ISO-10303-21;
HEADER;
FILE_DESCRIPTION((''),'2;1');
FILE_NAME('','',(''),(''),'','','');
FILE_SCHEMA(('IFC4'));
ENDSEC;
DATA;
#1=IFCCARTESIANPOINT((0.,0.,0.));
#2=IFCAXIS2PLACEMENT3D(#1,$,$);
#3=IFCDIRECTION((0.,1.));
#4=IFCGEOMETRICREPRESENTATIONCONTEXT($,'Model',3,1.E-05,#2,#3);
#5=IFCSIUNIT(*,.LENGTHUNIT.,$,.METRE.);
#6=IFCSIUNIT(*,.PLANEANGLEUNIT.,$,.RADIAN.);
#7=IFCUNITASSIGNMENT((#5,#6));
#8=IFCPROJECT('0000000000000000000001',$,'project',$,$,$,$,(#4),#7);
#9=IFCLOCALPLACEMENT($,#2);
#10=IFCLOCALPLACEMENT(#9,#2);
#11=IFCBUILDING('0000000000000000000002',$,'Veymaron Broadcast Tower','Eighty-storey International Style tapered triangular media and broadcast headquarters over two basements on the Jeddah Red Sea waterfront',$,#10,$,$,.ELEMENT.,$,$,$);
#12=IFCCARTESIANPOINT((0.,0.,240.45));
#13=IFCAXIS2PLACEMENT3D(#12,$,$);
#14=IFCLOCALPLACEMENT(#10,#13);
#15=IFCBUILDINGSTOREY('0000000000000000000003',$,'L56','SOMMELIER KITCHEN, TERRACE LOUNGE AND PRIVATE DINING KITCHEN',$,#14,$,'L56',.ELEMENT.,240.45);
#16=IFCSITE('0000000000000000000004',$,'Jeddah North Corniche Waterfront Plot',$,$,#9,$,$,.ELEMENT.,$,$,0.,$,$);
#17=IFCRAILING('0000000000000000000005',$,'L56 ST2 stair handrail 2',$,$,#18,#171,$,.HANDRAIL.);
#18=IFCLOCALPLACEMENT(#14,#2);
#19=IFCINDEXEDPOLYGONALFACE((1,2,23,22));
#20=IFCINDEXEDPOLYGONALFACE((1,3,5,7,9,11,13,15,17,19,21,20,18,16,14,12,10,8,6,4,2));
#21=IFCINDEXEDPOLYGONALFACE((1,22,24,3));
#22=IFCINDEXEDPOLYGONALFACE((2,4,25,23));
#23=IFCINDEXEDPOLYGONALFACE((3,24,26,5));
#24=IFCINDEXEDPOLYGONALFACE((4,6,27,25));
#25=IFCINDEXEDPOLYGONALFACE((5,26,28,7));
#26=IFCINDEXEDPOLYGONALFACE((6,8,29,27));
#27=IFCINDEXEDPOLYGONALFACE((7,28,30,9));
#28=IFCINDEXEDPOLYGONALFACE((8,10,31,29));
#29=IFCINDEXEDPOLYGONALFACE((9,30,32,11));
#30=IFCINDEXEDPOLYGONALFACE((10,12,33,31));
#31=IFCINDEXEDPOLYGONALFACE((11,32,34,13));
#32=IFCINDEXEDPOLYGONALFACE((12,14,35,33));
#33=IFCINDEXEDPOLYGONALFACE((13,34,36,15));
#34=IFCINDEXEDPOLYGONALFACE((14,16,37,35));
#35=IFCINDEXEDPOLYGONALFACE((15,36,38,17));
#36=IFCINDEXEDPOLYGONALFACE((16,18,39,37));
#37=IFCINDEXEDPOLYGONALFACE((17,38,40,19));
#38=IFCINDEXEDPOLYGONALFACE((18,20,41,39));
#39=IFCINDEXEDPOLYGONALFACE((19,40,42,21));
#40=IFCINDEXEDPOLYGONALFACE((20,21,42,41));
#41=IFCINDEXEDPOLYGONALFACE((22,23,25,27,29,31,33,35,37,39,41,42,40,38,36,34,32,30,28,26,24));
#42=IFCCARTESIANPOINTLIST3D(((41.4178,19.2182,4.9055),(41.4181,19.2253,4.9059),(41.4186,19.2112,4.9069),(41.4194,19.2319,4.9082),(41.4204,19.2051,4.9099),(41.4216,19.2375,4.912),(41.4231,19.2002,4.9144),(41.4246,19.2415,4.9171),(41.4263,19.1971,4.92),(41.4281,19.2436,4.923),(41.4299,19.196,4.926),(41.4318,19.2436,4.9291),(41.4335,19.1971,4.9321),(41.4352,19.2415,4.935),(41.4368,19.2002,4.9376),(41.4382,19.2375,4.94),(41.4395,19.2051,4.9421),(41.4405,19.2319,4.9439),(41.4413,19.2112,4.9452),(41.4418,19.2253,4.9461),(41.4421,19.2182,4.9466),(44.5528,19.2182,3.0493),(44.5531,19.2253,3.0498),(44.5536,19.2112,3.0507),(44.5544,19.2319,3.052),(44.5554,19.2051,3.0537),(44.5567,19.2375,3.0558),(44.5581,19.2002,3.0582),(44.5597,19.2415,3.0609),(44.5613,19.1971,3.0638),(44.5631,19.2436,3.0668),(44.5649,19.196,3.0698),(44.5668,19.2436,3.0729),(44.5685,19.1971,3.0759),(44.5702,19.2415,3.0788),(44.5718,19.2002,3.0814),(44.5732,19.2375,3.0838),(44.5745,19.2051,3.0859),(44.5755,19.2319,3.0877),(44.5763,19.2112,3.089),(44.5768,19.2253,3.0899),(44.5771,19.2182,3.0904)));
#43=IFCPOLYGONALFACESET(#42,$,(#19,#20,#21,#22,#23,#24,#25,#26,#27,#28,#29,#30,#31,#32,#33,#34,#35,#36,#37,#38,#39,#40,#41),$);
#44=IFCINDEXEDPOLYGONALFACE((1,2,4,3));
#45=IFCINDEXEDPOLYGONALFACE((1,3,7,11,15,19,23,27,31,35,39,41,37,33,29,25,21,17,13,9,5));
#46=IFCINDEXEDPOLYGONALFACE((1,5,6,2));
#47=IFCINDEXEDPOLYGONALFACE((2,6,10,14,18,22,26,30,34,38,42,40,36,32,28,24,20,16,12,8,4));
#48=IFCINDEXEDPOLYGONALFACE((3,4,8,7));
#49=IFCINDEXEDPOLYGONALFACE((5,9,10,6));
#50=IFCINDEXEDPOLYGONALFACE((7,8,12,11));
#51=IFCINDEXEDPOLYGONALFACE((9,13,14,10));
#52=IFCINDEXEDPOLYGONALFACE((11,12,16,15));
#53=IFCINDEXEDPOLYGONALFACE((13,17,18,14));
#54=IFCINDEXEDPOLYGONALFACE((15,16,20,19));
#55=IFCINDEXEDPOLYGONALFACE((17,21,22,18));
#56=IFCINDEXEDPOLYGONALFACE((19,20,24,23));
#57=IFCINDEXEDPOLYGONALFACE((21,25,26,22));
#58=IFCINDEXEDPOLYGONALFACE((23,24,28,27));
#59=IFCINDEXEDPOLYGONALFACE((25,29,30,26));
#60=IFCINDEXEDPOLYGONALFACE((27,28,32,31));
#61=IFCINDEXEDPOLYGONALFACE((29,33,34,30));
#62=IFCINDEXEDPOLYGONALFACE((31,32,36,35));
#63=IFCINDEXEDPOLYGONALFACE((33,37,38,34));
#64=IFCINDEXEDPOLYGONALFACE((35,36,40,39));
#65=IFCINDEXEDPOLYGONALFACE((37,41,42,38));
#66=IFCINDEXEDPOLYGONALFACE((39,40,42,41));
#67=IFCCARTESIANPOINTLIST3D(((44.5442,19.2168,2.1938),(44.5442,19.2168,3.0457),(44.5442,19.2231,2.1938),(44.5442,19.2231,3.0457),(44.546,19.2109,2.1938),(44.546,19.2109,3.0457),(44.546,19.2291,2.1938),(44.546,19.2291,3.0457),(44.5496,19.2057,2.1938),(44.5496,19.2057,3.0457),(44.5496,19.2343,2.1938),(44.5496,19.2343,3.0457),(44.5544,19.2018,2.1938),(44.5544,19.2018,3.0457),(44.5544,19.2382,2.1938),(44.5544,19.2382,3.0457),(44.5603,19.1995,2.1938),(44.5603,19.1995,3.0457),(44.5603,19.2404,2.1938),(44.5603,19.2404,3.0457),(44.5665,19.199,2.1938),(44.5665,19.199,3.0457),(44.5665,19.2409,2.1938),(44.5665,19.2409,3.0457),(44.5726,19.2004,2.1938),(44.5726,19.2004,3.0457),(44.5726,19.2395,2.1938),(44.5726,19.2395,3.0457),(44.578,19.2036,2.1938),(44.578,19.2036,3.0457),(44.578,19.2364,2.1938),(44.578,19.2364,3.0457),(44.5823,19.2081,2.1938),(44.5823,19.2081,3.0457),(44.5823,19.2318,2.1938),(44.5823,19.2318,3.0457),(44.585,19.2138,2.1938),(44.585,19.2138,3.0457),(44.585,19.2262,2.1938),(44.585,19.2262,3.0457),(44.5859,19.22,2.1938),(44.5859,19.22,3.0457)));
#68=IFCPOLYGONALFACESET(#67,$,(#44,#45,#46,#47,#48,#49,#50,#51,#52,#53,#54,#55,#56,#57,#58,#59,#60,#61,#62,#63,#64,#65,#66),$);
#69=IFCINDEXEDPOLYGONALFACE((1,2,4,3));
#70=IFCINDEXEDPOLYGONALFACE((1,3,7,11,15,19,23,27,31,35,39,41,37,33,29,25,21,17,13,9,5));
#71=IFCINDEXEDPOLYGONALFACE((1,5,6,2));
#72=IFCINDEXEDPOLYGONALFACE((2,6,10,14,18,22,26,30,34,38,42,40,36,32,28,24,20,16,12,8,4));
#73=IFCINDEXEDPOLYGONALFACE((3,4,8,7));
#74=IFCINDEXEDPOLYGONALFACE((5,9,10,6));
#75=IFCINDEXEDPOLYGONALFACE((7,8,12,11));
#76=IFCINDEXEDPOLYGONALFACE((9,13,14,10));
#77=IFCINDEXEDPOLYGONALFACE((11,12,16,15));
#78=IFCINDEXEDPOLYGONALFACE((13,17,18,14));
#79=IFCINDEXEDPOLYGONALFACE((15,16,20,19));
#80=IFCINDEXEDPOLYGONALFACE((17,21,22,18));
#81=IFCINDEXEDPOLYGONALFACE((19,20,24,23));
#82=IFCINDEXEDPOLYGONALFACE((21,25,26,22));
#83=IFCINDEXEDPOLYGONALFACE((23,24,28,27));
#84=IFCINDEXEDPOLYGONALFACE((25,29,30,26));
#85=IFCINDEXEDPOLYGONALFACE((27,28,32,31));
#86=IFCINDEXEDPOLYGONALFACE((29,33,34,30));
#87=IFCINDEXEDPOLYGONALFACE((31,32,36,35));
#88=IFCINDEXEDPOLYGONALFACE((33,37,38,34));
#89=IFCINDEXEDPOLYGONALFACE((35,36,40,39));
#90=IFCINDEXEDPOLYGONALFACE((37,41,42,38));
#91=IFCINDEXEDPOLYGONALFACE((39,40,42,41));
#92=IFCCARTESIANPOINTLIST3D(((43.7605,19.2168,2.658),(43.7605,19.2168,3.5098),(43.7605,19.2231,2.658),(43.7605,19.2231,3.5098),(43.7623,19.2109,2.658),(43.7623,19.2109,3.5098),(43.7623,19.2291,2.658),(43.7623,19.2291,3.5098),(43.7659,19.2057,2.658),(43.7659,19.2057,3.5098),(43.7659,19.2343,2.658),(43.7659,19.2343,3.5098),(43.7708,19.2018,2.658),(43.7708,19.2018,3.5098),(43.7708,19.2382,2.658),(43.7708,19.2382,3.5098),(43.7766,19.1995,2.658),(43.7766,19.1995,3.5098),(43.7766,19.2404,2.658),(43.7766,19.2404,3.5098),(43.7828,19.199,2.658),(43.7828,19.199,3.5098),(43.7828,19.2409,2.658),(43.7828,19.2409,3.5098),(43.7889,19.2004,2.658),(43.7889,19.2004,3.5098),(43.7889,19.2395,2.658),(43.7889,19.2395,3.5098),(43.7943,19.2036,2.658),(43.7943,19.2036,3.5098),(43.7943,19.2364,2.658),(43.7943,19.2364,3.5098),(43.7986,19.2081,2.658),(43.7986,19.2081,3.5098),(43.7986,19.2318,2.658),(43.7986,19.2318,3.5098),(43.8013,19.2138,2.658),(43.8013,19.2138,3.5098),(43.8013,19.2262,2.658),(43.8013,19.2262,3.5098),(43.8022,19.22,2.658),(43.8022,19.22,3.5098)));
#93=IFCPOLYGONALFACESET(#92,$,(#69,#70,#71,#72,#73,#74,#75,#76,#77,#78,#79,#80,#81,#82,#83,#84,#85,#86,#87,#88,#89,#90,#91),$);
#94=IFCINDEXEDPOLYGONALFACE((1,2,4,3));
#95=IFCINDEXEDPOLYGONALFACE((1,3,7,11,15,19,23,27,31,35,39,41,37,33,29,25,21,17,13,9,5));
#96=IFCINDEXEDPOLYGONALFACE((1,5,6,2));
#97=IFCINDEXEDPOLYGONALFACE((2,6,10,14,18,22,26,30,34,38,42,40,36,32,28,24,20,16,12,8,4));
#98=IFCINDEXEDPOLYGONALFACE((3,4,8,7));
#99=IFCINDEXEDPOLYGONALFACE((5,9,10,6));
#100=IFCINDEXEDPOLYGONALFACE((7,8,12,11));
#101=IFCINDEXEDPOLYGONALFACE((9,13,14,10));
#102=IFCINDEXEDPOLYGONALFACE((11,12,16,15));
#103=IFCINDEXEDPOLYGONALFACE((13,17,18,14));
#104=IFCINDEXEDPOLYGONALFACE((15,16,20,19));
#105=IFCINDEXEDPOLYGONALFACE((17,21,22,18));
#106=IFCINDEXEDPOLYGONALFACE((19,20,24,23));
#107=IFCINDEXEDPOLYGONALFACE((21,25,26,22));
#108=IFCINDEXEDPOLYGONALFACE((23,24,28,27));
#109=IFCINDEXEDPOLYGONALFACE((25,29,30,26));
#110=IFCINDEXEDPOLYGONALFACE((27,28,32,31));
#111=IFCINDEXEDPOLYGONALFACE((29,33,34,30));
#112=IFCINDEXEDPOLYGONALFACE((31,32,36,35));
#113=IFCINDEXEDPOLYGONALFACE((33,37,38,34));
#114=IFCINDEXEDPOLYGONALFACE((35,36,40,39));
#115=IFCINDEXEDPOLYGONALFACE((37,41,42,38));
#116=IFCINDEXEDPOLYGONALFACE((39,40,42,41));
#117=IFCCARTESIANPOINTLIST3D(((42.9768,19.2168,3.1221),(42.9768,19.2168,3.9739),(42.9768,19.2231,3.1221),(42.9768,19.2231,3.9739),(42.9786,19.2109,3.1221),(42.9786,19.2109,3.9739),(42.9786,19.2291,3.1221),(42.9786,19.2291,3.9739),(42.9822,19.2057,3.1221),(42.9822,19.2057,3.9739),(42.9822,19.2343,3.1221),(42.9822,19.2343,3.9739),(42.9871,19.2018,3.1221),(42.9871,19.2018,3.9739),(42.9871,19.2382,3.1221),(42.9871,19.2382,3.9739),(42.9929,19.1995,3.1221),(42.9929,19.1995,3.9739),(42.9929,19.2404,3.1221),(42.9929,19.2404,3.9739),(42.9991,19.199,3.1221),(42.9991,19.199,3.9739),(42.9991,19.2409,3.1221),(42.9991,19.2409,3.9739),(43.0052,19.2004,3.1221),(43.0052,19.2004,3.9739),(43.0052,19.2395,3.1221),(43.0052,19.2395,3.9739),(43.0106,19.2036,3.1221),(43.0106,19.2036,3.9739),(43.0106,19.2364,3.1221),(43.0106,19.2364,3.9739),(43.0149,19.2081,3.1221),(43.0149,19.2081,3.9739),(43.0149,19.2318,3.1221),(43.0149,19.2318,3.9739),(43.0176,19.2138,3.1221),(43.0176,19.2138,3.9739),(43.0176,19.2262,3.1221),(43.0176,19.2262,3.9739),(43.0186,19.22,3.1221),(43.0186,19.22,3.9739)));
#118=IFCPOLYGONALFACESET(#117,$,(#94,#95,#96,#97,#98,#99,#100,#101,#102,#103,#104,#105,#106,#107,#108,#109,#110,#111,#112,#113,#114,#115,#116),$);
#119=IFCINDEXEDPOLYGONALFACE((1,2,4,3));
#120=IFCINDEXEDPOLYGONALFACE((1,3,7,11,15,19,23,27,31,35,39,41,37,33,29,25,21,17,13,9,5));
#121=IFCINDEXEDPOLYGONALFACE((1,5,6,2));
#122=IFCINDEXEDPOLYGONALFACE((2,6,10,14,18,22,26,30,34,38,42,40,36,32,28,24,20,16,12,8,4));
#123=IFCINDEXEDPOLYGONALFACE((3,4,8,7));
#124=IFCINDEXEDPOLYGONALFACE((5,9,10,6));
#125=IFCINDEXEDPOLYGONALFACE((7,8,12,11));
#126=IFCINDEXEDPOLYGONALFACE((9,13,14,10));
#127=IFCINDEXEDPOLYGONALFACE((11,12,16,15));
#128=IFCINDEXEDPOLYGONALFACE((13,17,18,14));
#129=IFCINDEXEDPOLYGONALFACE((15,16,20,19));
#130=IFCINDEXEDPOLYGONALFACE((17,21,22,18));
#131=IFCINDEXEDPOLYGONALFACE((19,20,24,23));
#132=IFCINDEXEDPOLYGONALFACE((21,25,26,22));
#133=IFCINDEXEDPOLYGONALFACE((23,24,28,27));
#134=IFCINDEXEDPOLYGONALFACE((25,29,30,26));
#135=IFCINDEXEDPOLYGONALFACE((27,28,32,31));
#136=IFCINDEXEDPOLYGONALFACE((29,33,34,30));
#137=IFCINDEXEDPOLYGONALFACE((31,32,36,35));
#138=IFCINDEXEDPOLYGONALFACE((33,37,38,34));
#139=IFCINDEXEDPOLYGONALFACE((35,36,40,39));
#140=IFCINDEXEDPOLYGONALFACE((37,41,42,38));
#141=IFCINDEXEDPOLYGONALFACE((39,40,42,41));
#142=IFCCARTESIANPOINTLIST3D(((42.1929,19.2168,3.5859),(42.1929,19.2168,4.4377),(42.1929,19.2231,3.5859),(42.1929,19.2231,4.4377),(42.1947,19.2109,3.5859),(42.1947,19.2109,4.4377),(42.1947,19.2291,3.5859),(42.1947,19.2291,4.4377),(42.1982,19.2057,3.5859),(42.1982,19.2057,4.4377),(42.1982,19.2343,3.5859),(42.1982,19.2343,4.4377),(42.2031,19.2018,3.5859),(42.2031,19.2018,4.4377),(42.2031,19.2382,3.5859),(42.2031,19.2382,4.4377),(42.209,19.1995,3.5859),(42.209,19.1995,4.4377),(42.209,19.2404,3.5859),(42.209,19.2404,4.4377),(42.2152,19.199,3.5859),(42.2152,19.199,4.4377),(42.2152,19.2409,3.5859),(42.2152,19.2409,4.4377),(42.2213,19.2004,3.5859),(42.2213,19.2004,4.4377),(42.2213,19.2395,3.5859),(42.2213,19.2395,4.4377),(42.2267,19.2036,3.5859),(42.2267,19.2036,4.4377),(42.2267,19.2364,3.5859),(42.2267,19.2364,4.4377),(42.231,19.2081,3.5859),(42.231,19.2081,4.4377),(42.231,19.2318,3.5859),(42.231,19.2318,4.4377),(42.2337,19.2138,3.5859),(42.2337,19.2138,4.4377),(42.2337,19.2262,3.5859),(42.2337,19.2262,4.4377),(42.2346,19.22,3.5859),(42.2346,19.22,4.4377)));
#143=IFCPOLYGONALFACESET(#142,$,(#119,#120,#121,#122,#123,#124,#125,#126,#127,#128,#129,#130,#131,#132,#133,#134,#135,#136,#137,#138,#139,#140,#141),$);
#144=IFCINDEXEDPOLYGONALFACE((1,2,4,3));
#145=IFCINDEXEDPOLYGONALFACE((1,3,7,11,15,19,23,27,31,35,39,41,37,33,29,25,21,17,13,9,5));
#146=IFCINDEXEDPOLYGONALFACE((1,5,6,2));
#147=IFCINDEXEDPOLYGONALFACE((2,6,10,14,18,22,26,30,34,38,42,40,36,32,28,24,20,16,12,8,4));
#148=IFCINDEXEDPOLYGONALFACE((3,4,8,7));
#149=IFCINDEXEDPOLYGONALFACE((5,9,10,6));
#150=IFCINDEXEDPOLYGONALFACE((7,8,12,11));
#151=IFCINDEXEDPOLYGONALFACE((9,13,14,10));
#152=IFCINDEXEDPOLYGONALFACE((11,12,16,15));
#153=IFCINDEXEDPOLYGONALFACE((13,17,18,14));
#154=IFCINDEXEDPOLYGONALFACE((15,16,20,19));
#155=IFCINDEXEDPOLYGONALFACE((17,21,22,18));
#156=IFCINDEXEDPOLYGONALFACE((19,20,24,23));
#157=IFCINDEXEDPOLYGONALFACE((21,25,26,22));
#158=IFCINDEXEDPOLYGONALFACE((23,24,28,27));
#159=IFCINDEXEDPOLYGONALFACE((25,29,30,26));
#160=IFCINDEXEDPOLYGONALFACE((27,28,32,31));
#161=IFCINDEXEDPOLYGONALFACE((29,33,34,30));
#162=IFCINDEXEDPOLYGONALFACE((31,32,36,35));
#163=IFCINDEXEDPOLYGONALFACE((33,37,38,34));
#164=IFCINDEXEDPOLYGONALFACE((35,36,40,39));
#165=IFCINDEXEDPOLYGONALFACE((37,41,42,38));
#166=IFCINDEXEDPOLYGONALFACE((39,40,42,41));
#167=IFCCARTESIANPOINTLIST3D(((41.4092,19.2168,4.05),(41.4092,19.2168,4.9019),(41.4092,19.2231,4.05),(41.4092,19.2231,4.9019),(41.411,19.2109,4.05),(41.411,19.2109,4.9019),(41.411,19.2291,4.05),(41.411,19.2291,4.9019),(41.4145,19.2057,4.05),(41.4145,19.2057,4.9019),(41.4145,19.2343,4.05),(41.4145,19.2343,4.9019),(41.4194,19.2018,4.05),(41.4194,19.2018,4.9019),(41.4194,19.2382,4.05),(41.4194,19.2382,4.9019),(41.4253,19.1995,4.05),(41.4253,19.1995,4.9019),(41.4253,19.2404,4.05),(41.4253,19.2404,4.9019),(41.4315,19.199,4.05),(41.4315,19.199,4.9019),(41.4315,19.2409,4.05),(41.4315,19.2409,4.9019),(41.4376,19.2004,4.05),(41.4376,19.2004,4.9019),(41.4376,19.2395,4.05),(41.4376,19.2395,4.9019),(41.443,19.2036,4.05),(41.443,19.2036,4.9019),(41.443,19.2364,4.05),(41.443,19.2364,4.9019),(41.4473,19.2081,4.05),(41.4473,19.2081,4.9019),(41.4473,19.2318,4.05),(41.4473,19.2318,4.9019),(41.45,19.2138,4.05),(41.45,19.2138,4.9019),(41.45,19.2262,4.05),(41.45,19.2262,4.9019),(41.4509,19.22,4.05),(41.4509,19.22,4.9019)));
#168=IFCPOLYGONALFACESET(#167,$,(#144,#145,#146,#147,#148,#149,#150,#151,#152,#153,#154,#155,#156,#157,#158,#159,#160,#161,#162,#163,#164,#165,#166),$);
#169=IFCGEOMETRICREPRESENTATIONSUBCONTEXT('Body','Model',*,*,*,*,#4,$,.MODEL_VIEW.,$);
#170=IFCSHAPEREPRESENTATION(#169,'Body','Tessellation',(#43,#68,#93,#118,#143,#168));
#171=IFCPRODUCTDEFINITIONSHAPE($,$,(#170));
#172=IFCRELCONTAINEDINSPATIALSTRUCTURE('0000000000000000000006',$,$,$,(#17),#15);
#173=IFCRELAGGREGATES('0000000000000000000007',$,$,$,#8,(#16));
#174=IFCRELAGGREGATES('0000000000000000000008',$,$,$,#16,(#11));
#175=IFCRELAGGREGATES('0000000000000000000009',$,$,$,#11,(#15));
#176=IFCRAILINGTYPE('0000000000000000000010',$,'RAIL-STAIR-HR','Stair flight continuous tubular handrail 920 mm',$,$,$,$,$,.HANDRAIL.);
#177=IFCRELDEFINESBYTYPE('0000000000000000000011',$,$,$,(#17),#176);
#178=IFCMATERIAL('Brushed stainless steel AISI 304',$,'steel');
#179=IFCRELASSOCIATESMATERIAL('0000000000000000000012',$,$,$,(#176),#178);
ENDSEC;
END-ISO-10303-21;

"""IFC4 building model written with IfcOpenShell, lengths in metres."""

from ifc_helpers import new_model, si_unit, direction, frame, origin, origin_2d, place, context, subcontext, project, spatial, circle, extrude, material, type_object, element, save


model = new_model("IFC4")

# Units and contexts
model_context = context("Model", 3, precision=1e-05, world=origin(), true_north=direction((0.0, 1.0)))
body_context = subcontext(model_context, "Body", "Model", "MODEL_VIEW")
ifc_project = project(units=[si_unit("LENGTHUNIT", "METRE"), si_unit("PLANEANGLEUNIT", "RADIAN")], contexts=[model_context])

# Site, building, storey
site_placement = place(None, origin())
site = spatial("IfcSite", under=ifc_project, at=site_placement, Name="Jeddah North Corniche Waterfront Plot", CompositionType="ELEMENT", RefElevation=0.0)
building_placement = place(site_placement, origin())
building = spatial("IfcBuilding", under=site, at=building_placement, Name="Veymaron Broadcast Tower", Description="Eighty-storey International Style tapered triangular media and broadcast headquarters over two basements on the Jeddah Red Sea waterfront", CompositionType="ELEMENT")
storey_placement = place(building_placement, frame((0.0, 0.0, 240.45)))
storey = spatial("IfcBuildingStorey", under=building, at=storey_placement, Name="L56", Description="SOMMELIER KITCHEN, TERRACE LOUNGE AND PRIVATE DINING KITCHEN", LongName="L56", CompositionType="ELEMENT", Elevation=240.45)

# Shared definitions
ifc_material_1 = material(Name="Brushed stainless steel AISI 304", Category="steel")

# Railing
railing_type_1 = type_object("IfcRailingType", Name="RAIL-STAIR-HR", Description="Stair flight continuous tubular handrail 920 mm", PredefinedType="HANDRAIL", material=ifc_material_1)
railing_1_placement = place(storey_placement, frame((44.5649, 19.22, 2.1938)))
element("IfcRailing", 1, at=railing_1_placement, inside=storey, type_object=railing_type_1, Name="L56 ST2 stair handrail 2", PredefinedType="HANDRAIL", context=body_context, shape_type="SweptSolid", body=[
    extrude(circle(Radius=0.0239, at=origin_2d()), frame((0.0, 0.0, 0.876), z_axis=(-0.860482, 0.0, 0.509481), x_axis=(0.0, -1.0, 0.0)), (0.0, 0.0, 1.0), 3.6433),
    extrude(circle(Radius=0.021, at=origin_2d()), origin(), (0.0, 0.0, 1.0), 0.8518),
    extrude(circle(Radius=0.021, at=origin_2d()), frame((-0.7837, 0.0, 0.4641)), (0.0, 0.0, 1.0), 0.8518),
    extrude(circle(Radius=0.021, at=origin_2d()), frame((-1.5674, 0.0, 0.9282)), (0.0, 0.0, 1.0), 0.8518),
    extrude(circle(Radius=0.021, at=origin_2d()), frame((-2.3513, 0.0, 1.3921)), (0.0, 0.0, 1.0), 0.8518),
    extrude(circle(Radius=0.021, at=origin_2d()), frame((-3.135, 0.0, 1.8562)), (0.0, 0.0, 1.0), 0.8518),
])

save(model, "model.ifc")
